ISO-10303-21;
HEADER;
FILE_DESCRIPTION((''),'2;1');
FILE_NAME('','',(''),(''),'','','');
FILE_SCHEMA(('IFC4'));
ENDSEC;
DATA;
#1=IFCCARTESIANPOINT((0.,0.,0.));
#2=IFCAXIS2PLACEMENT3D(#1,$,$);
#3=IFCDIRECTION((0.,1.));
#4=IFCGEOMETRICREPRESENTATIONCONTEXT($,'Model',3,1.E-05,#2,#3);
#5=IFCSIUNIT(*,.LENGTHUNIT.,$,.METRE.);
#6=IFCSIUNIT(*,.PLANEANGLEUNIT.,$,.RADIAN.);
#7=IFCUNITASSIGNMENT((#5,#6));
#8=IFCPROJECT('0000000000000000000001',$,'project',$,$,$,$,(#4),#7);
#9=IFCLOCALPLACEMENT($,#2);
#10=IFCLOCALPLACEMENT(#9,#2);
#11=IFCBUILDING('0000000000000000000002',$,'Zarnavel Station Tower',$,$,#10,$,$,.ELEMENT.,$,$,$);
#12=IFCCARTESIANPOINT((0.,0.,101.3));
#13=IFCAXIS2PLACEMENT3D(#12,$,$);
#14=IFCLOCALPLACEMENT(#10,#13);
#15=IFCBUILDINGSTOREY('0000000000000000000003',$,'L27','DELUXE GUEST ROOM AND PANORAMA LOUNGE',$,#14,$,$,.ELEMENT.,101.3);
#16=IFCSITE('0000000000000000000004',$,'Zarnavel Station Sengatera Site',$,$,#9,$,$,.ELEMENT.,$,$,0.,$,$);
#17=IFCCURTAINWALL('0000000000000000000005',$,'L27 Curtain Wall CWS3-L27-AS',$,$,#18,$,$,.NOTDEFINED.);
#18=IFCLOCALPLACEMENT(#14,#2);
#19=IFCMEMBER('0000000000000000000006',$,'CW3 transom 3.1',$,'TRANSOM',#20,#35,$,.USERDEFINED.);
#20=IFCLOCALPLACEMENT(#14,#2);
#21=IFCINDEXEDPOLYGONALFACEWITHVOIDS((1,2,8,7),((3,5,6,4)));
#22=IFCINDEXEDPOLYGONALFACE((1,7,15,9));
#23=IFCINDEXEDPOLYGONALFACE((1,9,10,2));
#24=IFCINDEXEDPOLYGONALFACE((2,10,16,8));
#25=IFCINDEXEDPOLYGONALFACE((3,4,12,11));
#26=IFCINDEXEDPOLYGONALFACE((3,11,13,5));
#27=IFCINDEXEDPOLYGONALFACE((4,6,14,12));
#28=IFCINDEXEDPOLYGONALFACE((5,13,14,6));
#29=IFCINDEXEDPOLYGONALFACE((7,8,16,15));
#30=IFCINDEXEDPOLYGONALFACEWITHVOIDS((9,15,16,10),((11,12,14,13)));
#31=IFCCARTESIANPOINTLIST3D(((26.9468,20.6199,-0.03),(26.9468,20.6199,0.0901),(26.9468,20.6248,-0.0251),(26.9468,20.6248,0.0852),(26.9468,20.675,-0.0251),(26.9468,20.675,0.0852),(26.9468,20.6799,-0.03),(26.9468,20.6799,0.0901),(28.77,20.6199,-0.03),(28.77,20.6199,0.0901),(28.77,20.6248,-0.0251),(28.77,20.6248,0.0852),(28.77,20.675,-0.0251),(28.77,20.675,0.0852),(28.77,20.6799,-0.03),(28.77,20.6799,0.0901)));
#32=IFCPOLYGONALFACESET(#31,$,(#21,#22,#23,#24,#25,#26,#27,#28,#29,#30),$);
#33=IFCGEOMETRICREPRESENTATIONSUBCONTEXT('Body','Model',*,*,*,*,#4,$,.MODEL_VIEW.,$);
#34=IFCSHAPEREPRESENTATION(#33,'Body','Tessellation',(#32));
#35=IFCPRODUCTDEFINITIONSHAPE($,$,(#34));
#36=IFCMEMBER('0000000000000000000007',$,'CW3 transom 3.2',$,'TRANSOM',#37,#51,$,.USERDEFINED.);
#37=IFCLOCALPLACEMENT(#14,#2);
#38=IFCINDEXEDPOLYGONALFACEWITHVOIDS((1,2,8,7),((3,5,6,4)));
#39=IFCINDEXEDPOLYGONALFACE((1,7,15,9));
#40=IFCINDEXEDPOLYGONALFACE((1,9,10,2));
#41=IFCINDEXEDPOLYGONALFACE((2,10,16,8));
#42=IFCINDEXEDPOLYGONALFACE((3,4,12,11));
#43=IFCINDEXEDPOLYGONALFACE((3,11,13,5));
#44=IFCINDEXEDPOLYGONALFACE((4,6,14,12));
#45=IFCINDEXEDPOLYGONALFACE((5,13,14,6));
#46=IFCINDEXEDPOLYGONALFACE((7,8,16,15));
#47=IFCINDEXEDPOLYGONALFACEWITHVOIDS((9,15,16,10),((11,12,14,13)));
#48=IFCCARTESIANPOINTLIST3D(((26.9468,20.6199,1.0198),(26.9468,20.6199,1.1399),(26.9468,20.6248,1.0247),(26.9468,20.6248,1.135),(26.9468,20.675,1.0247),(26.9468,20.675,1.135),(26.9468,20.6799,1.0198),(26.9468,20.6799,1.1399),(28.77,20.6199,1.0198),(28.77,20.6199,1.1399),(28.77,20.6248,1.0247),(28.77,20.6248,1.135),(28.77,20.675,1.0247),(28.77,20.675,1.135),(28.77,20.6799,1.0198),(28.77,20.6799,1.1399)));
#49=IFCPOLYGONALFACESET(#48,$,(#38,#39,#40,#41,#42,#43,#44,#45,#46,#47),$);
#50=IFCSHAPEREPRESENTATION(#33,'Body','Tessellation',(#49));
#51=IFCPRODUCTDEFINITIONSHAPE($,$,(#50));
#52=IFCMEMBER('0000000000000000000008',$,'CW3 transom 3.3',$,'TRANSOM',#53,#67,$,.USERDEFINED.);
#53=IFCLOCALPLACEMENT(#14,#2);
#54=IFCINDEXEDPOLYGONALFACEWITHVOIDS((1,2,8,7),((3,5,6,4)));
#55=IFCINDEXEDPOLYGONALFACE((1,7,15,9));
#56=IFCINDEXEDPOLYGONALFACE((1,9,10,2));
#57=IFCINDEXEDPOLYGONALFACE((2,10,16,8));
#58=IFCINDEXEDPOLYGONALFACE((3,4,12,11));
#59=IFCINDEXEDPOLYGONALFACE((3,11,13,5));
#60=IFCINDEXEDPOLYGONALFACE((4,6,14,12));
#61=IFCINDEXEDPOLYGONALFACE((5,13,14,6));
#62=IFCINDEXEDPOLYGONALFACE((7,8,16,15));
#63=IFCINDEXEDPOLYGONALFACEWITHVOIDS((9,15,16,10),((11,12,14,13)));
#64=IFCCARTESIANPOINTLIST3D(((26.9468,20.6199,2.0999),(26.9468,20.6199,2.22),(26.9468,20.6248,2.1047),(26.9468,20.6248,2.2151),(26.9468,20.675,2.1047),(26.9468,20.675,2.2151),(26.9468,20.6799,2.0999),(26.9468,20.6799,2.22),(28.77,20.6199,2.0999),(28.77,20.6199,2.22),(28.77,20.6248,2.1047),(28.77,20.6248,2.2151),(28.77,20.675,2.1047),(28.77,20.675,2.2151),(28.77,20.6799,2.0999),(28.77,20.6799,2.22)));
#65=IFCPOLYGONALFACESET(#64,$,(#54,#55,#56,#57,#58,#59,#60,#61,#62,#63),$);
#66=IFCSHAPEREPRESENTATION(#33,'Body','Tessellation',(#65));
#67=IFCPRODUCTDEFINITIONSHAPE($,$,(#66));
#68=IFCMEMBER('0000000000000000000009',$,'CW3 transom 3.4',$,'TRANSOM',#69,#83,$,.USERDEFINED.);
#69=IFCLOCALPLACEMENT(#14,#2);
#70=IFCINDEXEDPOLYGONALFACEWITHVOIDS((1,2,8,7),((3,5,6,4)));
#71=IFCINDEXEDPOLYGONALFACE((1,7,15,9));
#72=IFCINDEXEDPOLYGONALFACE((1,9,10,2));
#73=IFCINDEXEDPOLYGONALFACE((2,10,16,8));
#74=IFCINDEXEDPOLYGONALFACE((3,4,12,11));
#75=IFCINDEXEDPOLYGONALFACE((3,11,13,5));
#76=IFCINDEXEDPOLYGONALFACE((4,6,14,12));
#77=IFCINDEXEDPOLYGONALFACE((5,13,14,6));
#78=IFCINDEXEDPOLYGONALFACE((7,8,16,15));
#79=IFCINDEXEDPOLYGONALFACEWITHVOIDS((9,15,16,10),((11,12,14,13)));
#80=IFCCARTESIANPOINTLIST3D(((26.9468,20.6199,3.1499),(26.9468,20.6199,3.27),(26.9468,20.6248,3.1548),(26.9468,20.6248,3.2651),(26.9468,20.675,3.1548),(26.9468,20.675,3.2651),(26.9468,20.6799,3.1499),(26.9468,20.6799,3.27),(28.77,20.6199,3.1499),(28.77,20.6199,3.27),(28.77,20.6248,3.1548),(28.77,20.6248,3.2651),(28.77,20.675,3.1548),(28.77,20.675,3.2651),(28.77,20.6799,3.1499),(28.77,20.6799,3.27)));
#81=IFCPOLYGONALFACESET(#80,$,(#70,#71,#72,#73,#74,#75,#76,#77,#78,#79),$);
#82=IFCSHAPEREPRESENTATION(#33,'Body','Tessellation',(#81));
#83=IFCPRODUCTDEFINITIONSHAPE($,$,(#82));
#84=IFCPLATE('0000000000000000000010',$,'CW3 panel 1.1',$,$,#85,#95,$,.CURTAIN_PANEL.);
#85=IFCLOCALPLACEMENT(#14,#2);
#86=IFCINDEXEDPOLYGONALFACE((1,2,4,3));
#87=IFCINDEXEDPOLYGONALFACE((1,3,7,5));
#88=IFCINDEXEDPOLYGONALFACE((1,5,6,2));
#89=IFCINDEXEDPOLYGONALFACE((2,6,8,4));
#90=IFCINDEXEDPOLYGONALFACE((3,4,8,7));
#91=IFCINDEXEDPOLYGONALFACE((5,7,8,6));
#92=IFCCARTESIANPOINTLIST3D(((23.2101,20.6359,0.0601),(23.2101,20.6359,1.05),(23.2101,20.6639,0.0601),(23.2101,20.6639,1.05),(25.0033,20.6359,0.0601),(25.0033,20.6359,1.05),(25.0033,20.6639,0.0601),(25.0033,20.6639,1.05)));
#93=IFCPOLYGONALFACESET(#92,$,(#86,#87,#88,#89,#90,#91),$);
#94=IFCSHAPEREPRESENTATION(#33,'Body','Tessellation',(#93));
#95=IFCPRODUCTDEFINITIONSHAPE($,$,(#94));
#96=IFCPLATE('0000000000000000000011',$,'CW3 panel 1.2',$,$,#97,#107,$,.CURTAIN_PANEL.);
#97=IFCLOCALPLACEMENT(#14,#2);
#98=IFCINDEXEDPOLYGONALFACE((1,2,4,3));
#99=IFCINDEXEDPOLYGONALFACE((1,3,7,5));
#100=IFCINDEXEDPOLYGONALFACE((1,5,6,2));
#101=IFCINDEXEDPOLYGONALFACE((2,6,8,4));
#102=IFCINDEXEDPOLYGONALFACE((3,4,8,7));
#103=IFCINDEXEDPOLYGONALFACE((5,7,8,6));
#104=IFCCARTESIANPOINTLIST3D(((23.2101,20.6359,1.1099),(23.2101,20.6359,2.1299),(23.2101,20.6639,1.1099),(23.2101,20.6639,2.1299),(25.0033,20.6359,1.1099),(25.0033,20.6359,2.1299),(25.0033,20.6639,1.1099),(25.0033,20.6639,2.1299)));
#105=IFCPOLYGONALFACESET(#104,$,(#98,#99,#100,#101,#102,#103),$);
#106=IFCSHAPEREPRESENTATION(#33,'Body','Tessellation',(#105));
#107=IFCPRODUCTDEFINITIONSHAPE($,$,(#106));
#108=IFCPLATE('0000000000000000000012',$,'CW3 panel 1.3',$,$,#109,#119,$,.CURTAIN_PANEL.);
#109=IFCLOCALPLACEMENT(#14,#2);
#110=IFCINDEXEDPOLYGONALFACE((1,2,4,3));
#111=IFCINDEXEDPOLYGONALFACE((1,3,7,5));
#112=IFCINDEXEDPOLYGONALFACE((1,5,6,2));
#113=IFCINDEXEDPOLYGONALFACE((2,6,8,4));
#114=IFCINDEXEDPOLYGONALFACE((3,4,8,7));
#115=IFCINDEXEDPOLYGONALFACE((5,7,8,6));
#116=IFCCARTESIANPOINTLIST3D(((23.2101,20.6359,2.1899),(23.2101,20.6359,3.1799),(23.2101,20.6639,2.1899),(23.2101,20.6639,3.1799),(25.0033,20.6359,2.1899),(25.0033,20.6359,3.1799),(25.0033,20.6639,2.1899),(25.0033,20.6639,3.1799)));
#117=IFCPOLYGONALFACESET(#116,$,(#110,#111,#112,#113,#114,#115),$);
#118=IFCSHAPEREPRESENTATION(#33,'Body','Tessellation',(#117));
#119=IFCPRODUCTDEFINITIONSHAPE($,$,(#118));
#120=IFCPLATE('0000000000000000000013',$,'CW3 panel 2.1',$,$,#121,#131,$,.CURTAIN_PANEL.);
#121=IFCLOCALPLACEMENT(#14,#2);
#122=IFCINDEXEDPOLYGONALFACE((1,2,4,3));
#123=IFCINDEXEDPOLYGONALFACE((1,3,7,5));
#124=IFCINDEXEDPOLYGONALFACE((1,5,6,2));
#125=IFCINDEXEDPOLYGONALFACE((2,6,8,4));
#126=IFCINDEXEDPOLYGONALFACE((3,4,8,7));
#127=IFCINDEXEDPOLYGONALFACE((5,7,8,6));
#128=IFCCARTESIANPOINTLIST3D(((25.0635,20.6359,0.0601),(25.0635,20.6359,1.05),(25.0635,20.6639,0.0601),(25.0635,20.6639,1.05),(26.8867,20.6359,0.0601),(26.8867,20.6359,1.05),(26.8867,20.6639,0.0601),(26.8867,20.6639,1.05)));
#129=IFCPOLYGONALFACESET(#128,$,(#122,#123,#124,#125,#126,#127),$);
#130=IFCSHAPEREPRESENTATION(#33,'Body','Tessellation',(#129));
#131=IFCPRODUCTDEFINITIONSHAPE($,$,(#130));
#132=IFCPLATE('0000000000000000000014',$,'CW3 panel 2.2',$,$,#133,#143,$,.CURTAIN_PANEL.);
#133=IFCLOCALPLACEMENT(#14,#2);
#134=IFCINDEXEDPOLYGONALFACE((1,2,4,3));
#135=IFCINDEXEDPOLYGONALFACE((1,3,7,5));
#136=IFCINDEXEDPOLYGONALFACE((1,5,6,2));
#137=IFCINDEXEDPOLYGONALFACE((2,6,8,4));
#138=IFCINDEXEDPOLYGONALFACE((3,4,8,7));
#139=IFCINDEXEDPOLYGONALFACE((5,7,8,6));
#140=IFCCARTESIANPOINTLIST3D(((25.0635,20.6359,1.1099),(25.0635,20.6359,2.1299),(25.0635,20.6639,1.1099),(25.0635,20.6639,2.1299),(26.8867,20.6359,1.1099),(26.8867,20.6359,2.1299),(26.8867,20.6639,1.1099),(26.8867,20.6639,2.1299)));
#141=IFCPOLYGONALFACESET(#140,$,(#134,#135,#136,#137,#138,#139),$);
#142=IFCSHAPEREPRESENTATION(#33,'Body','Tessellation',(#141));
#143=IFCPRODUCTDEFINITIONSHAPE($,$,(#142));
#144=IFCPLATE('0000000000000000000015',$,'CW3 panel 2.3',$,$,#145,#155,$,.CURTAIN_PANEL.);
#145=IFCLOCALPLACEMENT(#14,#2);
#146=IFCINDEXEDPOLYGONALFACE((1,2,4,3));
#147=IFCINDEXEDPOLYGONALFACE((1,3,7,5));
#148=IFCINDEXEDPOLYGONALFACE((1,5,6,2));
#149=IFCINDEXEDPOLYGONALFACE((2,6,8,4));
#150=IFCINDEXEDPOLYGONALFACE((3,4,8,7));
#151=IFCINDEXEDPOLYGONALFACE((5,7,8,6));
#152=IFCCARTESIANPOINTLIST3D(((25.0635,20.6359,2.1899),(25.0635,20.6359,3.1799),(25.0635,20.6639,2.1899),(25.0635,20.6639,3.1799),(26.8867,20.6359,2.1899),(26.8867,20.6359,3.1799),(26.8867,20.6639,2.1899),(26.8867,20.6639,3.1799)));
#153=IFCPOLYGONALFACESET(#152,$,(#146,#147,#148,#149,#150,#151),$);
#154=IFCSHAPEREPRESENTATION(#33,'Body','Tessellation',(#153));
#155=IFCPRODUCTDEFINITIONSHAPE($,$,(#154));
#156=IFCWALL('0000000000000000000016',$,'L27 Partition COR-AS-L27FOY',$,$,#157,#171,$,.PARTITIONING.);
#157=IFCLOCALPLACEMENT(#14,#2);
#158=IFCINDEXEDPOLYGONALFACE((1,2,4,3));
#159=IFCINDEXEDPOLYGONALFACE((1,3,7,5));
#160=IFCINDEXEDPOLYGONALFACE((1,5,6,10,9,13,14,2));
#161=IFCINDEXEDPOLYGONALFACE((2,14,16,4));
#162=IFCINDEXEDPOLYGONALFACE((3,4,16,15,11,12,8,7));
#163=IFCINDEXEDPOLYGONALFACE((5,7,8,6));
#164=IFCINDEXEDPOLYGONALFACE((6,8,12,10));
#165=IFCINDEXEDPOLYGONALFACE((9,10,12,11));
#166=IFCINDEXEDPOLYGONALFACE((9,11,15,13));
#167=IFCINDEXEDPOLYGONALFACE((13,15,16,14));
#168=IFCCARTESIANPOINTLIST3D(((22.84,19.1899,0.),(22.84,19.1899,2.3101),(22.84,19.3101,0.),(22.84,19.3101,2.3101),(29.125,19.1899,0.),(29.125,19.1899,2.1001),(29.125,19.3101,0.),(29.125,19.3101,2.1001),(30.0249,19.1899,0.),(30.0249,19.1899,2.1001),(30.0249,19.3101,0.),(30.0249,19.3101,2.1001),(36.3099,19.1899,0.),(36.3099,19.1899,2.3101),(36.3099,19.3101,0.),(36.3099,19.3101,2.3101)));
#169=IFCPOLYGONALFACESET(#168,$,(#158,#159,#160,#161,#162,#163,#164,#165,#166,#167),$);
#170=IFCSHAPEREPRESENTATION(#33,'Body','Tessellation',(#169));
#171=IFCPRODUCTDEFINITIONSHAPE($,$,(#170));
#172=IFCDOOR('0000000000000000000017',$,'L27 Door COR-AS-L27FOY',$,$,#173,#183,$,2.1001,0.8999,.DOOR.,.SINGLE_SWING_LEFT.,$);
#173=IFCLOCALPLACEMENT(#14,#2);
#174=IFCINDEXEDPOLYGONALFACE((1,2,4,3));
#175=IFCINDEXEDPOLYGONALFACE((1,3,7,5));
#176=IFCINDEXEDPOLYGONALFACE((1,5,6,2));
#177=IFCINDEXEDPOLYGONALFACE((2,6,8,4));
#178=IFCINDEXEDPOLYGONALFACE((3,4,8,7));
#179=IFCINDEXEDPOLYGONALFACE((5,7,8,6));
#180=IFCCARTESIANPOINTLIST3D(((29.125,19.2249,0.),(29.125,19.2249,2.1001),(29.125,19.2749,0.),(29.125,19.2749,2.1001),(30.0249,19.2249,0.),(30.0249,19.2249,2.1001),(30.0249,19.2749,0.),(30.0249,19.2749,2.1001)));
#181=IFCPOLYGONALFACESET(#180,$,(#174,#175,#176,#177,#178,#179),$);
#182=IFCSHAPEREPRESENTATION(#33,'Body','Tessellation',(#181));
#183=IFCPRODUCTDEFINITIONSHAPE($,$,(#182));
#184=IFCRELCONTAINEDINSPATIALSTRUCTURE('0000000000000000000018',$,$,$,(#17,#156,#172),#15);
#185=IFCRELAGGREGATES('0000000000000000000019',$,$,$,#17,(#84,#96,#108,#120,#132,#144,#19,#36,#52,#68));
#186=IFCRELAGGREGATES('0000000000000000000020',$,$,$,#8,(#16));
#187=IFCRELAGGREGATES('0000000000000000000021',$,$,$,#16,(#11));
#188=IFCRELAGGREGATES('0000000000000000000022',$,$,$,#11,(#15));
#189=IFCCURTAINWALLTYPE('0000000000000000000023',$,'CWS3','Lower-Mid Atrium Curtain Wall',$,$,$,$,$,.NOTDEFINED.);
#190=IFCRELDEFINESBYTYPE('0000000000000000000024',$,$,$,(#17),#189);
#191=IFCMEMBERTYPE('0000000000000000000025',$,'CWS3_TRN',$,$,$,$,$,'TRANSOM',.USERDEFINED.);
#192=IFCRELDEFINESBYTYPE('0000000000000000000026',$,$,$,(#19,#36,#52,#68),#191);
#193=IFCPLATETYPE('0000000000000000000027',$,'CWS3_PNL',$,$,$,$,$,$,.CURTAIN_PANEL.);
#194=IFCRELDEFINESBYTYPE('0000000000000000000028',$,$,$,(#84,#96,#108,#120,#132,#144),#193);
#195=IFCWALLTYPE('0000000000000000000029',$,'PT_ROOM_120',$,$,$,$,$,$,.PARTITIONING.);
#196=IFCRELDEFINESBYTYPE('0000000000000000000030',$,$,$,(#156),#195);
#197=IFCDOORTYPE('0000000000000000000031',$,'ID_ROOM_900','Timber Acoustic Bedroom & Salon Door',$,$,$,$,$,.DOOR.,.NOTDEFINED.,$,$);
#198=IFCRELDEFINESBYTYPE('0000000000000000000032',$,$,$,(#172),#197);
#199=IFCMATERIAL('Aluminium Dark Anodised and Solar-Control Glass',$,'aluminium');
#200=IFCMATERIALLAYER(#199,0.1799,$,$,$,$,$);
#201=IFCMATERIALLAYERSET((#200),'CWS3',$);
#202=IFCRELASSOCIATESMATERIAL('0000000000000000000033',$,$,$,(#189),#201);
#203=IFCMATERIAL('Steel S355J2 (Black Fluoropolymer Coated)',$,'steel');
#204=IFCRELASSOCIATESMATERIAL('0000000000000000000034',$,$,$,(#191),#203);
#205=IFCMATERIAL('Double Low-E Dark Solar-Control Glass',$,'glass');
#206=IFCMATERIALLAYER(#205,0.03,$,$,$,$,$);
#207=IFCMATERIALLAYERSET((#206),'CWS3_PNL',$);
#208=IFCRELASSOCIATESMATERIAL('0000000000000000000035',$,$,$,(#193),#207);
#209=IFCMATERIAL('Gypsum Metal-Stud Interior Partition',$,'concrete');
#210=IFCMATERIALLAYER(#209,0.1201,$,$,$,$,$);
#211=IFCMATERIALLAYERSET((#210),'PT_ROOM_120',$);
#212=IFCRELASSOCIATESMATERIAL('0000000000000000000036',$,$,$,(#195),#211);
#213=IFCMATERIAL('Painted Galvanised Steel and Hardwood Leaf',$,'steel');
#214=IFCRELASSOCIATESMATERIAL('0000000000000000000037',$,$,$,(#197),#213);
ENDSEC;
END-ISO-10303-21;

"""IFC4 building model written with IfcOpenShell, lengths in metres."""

from ifc_helpers import new_model, si_unit, direction, frame, frame_2d, origin, origin_2d, place, context, subcontext, project, spatial, rectangle, hollow_rectangle, extrude, material, layer, layer_set, material_profile, profile_set, type_object, element, fill, aggregate, save


model = new_model("IFC4")

# Units and contexts
model_context = context("Model", 3, precision=1e-05, world=origin(), true_north=direction((0.0, 1.0)))
body_context = subcontext(model_context, "Body", "Model", "MODEL_VIEW")
ifc_project = project(units=[si_unit("LENGTHUNIT", "METRE"), si_unit("PLANEANGLEUNIT", "RADIAN")], contexts=[model_context])

# Site, building, storey
site_placement = place(None, origin())
site = spatial("IfcSite", under=ifc_project, at=site_placement, Name="Zarnavel Station Sengatera Site", CompositionType="ELEMENT", RefElevation=0.0)
building_placement = place(site_placement, origin())
building = spatial("IfcBuilding", under=site, at=building_placement, Name="Zarnavel Station Tower", CompositionType="ELEMENT")
storey_placement = place(building_placement, frame((0.0, 0.0, 101.3)))
storey = spatial("IfcBuildingStorey", under=building, at=storey_placement, Name="L27", Description="DELUXE GUEST ROOM AND PANORAMA LOUNGE", CompositionType="ELEMENT", Elevation=101.3)

# Curtain wall, members, plates
ifc_material_1 = material(Name="Aluminium Dark Anodised and Solar-Control Glass", Category="aluminium")
ifc_layer_1 = layer(ifc_material_1, 0.1799)
ifc_layer_set_1 = layer_set([ifc_layer_1], Name="CWS3")
curtain_wall_type = type_object("IfcCurtainWallType", Name="CWS3", Description="Lower-Mid Atrium Curtain Wall", PredefinedType="NOTDEFINED", material=ifc_layer_set_1)
curtain_wall_placement = place(storey_placement, origin())
curtain_wall = element("IfcCurtainWall", 1, at=curtain_wall_placement, inside=storey, type_object=curtain_wall_type, Name="L27 Curtain Wall CWS3-L27-AS", PredefinedType="NOTDEFINED")
ifc_material_2 = material(Name="Steel S355J2 (Black Fluoropolymer Coated)", Category="steel")
ifc_material_profile_1 = material_profile(ifc_material_2, hollow_rectangle(XDim=0.0601, YDim=0.1201, WallThickness=0.0049, at=origin_2d()), Name="RHS120x60x5")
ifc_profile_set_1 = profile_set([ifc_material_profile_1], Name="Steel S355J2 (Black Fluoropolymer Coated)")
member_type_1 = type_object("IfcMemberType", Name="CWS3_TRN", ElementType="TRANSOM", PredefinedType="USERDEFINED", material=ifc_profile_set_1)
member_1_placement = place(storey_placement, frame((26.9468, 20.6499, 0.03), z_axis=(1.0, 0.0, 0.0), x_axis=(0.0, 1.0, 0.0)))
member_1 = element("IfcMember", 2, at=member_1_placement, type_object=member_type_1, Name="CW3 transom 3.1", ObjectType="TRANSOM", PredefinedType="USERDEFINED", context=body_context, shape_type="SweptSolid", body=[
    extrude(hollow_rectangle(XDim=0.0601, YDim=0.1201, WallThickness=0.0049, at=origin_2d()), origin(), (0.0, 0.0, 1.0), 1.8232),
])
member_2_placement = place(storey_placement, frame((26.9468, 20.6499, 1.0798), z_axis=(1.0, 0.0, 0.0), x_axis=(0.0, 1.0, 0.0)))
member_2 = element("IfcMember", 3, at=member_2_placement, type_object=member_type_1, Name="CW3 transom 3.2", ObjectType="TRANSOM", PredefinedType="USERDEFINED", context=body_context, shape_type="SweptSolid", body=[
    extrude(hollow_rectangle(XDim=0.0601, YDim=0.1201, WallThickness=0.0049, at=origin_2d()), origin(), (0.0, 0.0, 1.0), 1.8232),
])
member_3_placement = place(storey_placement, frame((26.9468, 20.6499, 2.1599), z_axis=(1.0, 0.0, 0.0), x_axis=(0.0, 1.0, 0.0)))
member_3 = element("IfcMember", 4, at=member_3_placement, type_object=member_type_1, Name="CW3 transom 3.3", ObjectType="TRANSOM", PredefinedType="USERDEFINED", context=body_context, shape_type="SweptSolid", body=[
    extrude(hollow_rectangle(XDim=0.0601, YDim=0.1201, WallThickness=0.0049, at=origin_2d()), origin(), (0.0, 0.0, 1.0), 1.8232),
])
member_4_placement = place(storey_placement, frame((26.9468, 20.6499, 3.21), z_axis=(1.0, 0.0, 0.0), x_axis=(0.0, 1.0, 0.0)))
member_4 = element("IfcMember", 5, at=member_4_placement, type_object=member_type_1, Name="CW3 transom 3.4", ObjectType="TRANSOM", PredefinedType="USERDEFINED", context=body_context, shape_type="SweptSolid", body=[
    extrude(hollow_rectangle(XDim=0.0601, YDim=0.1201, WallThickness=0.0049, at=origin_2d()), origin(), (0.0, 0.0, 1.0), 1.8232),
])
ifc_material_3 = material(Name="Double Low-E Dark Solar-Control Glass", Category="glass")
ifc_layer_2 = layer(ifc_material_3, 0.03)
ifc_layer_set_2 = layer_set([ifc_layer_2], Name="CWS3_PNL")
plate_type = type_object("IfcPlateType", Name="CWS3_PNL", PredefinedType="CURTAIN_PANEL", material=ifc_layer_set_2)
plate_1_placement = place(storey_placement, frame((24.1067, 20.6499, 0.0601), z_axis=(0.0, 0.0, 1.0), x_axis=(1.0, 0.0, 0.0)))
plate_1 = element("IfcPlate", 6, at=plate_1_placement, type_object=plate_type, Name="CW3 panel 1.1", PredefinedType="CURTAIN_PANEL", context=body_context, shape_type="SweptSolid", body=[
    extrude(rectangle(XDim=1.7932, YDim=0.0281, at=origin_2d()), origin(), (0.0, 0.0, 1.0), 0.99),
])
plate_2_placement = place(storey_placement, frame((24.1067, 20.6499, 1.1099), z_axis=(0.0, 0.0, 1.0), x_axis=(1.0, 0.0, 0.0)))
plate_2 = element("IfcPlate", 7, at=plate_2_placement, type_object=plate_type, Name="CW3 panel 1.2", PredefinedType="CURTAIN_PANEL", context=body_context, shape_type="SweptSolid", body=[
    extrude(rectangle(XDim=1.7932, YDim=0.0281, at=origin_2d()), origin(), (0.0, 0.0, 1.0), 1.02),
])
plate_3_placement = place(storey_placement, frame((24.1067, 20.6499, 2.1899), z_axis=(0.0, 0.0, 1.0), x_axis=(1.0, 0.0, 0.0)))
plate_3 = element("IfcPlate", 8, at=plate_3_placement, type_object=plate_type, Name="CW3 panel 1.3", PredefinedType="CURTAIN_PANEL", context=body_context, shape_type="SweptSolid", body=[
    extrude(rectangle(XDim=1.7932, YDim=0.0281, at=origin_2d()), origin(), (0.0, 0.0, 1.0), 0.99),
])
plate_4_placement = place(storey_placement, frame((25.9751, 20.6499, 0.0601), z_axis=(0.0, 0.0, 1.0), x_axis=(1.0, 0.0, 0.0)))
plate_4 = element("IfcPlate", 9, at=plate_4_placement, type_object=plate_type, Name="CW3 panel 2.1", PredefinedType="CURTAIN_PANEL", context=body_context, shape_type="SweptSolid", body=[
    extrude(rectangle(XDim=1.8232, YDim=0.0281, at=origin_2d()), origin(), (0.0, 0.0, 1.0), 0.99),
])
plate_5_placement = place(storey_placement, frame((25.9751, 20.6499, 1.1099), z_axis=(0.0, 0.0, 1.0), x_axis=(1.0, 0.0, 0.0)))
plate_5 = element("IfcPlate", 10, at=plate_5_placement, type_object=plate_type, Name="CW3 panel 2.2", PredefinedType="CURTAIN_PANEL", context=body_context, shape_type="SweptSolid", body=[
    extrude(rectangle(XDim=1.8232, YDim=0.0281, at=origin_2d()), origin(), (0.0, 0.0, 1.0), 1.02),
])
plate_6_placement = place(storey_placement, frame((25.9751, 20.6499, 2.1899), z_axis=(0.0, 0.0, 1.0), x_axis=(1.0, 0.0, 0.0)))
plate_6 = element("IfcPlate", 11, at=plate_6_placement, type_object=plate_type, Name="CW3 panel 2.3", PredefinedType="CURTAIN_PANEL", context=body_context, shape_type="SweptSolid", body=[
    extrude(rectangle(XDim=1.8232, YDim=0.0281, at=origin_2d()), origin(), (0.0, 0.0, 1.0), 0.99),
])
aggregate(curtain_wall, [plate_1, plate_2, plate_3, plate_4, plate_5, plate_6, member_1, member_2, member_3, member_4])

# Wall, opening, door
ifc_material_4 = material(Name="Gypsum Metal-Stud Interior Partition", Category="concrete")
ifc_layer_3 = layer(ifc_material_4, 0.1201)
ifc_layer_set_3 = layer_set([ifc_layer_3], Name="PT_ROOM_120")
wall_type = type_object("IfcWallType", Name="PT_ROOM_120", PredefinedType="PARTITIONING", material=ifc_layer_set_3)
wall_placement = place(storey_placement, frame((22.8401, 19.25, 0.0), z_axis=(0.0, 0.0, 1.0), x_axis=(1.0, 0.0, 0.0)))
wall = element("IfcWall", 12, at=wall_placement, inside=storey, type_object=wall_type, Name="L27 Partition COR-AS-L27FOY", PredefinedType="PARTITIONING", context=body_context, shape_type="SweptSolid", body=[
    extrude(rectangle(XDim=13.47, YDim=0.1201, at=frame_2d((6.7349, 0.0))), origin(), (0.0, 0.0, 1.0), 2.3101),
])
opening_placement = place(wall_placement, frame((6.2849, 0.0, 0.0)))
opening = element("IfcOpeningElement", 13, at=opening_placement, cuts=wall, PredefinedType="OPENING", context=body_context, shape_type="SweptSolid", body=[
    extrude(rectangle(XDim=0.8999, YDim=2.1001, at=frame_2d((0.45, 1.05))), frame((0.0, 0.0701, 0.0), z_axis=(0.0, -1.0, 0.0), x_axis=(1.0, 0.0, 0.0)), (0.0, 0.0, 1.0), 0.1401),
])
ifc_material_5 = material(Name="Painted Galvanised Steel and Hardwood Leaf", Category="steel")
door_type = type_object("IfcDoorType", Name="ID_ROOM_900", Description="Timber Acoustic Bedroom & Salon Door", OperationType="NOTDEFINED", PredefinedType="DOOR", material=ifc_material_5)
door_placement = place(opening_placement, origin())
door = element("IfcDoor", 14, at=door_placement, inside=storey, type_object=door_type, Name="L27 Door COR-AS-L27FOY", OperationType="SINGLE_SWING_LEFT", OverallHeight=2.1001, OverallWidth=0.8999, PredefinedType="DOOR", context=body_context, shape_type="SweptSolid", body=[
    extrude(rectangle(XDim=0.8999, YDim=2.1001, at=frame_2d((0.45, 1.05))), frame((0.0, 0.0249, 0.0), z_axis=(0.0, -1.0, 0.0), x_axis=(1.0, 0.0, 0.0)), (0.0, 0.0, 1.0), 0.05),
])
fill(opening, door)

save(model, "model.ifc")
